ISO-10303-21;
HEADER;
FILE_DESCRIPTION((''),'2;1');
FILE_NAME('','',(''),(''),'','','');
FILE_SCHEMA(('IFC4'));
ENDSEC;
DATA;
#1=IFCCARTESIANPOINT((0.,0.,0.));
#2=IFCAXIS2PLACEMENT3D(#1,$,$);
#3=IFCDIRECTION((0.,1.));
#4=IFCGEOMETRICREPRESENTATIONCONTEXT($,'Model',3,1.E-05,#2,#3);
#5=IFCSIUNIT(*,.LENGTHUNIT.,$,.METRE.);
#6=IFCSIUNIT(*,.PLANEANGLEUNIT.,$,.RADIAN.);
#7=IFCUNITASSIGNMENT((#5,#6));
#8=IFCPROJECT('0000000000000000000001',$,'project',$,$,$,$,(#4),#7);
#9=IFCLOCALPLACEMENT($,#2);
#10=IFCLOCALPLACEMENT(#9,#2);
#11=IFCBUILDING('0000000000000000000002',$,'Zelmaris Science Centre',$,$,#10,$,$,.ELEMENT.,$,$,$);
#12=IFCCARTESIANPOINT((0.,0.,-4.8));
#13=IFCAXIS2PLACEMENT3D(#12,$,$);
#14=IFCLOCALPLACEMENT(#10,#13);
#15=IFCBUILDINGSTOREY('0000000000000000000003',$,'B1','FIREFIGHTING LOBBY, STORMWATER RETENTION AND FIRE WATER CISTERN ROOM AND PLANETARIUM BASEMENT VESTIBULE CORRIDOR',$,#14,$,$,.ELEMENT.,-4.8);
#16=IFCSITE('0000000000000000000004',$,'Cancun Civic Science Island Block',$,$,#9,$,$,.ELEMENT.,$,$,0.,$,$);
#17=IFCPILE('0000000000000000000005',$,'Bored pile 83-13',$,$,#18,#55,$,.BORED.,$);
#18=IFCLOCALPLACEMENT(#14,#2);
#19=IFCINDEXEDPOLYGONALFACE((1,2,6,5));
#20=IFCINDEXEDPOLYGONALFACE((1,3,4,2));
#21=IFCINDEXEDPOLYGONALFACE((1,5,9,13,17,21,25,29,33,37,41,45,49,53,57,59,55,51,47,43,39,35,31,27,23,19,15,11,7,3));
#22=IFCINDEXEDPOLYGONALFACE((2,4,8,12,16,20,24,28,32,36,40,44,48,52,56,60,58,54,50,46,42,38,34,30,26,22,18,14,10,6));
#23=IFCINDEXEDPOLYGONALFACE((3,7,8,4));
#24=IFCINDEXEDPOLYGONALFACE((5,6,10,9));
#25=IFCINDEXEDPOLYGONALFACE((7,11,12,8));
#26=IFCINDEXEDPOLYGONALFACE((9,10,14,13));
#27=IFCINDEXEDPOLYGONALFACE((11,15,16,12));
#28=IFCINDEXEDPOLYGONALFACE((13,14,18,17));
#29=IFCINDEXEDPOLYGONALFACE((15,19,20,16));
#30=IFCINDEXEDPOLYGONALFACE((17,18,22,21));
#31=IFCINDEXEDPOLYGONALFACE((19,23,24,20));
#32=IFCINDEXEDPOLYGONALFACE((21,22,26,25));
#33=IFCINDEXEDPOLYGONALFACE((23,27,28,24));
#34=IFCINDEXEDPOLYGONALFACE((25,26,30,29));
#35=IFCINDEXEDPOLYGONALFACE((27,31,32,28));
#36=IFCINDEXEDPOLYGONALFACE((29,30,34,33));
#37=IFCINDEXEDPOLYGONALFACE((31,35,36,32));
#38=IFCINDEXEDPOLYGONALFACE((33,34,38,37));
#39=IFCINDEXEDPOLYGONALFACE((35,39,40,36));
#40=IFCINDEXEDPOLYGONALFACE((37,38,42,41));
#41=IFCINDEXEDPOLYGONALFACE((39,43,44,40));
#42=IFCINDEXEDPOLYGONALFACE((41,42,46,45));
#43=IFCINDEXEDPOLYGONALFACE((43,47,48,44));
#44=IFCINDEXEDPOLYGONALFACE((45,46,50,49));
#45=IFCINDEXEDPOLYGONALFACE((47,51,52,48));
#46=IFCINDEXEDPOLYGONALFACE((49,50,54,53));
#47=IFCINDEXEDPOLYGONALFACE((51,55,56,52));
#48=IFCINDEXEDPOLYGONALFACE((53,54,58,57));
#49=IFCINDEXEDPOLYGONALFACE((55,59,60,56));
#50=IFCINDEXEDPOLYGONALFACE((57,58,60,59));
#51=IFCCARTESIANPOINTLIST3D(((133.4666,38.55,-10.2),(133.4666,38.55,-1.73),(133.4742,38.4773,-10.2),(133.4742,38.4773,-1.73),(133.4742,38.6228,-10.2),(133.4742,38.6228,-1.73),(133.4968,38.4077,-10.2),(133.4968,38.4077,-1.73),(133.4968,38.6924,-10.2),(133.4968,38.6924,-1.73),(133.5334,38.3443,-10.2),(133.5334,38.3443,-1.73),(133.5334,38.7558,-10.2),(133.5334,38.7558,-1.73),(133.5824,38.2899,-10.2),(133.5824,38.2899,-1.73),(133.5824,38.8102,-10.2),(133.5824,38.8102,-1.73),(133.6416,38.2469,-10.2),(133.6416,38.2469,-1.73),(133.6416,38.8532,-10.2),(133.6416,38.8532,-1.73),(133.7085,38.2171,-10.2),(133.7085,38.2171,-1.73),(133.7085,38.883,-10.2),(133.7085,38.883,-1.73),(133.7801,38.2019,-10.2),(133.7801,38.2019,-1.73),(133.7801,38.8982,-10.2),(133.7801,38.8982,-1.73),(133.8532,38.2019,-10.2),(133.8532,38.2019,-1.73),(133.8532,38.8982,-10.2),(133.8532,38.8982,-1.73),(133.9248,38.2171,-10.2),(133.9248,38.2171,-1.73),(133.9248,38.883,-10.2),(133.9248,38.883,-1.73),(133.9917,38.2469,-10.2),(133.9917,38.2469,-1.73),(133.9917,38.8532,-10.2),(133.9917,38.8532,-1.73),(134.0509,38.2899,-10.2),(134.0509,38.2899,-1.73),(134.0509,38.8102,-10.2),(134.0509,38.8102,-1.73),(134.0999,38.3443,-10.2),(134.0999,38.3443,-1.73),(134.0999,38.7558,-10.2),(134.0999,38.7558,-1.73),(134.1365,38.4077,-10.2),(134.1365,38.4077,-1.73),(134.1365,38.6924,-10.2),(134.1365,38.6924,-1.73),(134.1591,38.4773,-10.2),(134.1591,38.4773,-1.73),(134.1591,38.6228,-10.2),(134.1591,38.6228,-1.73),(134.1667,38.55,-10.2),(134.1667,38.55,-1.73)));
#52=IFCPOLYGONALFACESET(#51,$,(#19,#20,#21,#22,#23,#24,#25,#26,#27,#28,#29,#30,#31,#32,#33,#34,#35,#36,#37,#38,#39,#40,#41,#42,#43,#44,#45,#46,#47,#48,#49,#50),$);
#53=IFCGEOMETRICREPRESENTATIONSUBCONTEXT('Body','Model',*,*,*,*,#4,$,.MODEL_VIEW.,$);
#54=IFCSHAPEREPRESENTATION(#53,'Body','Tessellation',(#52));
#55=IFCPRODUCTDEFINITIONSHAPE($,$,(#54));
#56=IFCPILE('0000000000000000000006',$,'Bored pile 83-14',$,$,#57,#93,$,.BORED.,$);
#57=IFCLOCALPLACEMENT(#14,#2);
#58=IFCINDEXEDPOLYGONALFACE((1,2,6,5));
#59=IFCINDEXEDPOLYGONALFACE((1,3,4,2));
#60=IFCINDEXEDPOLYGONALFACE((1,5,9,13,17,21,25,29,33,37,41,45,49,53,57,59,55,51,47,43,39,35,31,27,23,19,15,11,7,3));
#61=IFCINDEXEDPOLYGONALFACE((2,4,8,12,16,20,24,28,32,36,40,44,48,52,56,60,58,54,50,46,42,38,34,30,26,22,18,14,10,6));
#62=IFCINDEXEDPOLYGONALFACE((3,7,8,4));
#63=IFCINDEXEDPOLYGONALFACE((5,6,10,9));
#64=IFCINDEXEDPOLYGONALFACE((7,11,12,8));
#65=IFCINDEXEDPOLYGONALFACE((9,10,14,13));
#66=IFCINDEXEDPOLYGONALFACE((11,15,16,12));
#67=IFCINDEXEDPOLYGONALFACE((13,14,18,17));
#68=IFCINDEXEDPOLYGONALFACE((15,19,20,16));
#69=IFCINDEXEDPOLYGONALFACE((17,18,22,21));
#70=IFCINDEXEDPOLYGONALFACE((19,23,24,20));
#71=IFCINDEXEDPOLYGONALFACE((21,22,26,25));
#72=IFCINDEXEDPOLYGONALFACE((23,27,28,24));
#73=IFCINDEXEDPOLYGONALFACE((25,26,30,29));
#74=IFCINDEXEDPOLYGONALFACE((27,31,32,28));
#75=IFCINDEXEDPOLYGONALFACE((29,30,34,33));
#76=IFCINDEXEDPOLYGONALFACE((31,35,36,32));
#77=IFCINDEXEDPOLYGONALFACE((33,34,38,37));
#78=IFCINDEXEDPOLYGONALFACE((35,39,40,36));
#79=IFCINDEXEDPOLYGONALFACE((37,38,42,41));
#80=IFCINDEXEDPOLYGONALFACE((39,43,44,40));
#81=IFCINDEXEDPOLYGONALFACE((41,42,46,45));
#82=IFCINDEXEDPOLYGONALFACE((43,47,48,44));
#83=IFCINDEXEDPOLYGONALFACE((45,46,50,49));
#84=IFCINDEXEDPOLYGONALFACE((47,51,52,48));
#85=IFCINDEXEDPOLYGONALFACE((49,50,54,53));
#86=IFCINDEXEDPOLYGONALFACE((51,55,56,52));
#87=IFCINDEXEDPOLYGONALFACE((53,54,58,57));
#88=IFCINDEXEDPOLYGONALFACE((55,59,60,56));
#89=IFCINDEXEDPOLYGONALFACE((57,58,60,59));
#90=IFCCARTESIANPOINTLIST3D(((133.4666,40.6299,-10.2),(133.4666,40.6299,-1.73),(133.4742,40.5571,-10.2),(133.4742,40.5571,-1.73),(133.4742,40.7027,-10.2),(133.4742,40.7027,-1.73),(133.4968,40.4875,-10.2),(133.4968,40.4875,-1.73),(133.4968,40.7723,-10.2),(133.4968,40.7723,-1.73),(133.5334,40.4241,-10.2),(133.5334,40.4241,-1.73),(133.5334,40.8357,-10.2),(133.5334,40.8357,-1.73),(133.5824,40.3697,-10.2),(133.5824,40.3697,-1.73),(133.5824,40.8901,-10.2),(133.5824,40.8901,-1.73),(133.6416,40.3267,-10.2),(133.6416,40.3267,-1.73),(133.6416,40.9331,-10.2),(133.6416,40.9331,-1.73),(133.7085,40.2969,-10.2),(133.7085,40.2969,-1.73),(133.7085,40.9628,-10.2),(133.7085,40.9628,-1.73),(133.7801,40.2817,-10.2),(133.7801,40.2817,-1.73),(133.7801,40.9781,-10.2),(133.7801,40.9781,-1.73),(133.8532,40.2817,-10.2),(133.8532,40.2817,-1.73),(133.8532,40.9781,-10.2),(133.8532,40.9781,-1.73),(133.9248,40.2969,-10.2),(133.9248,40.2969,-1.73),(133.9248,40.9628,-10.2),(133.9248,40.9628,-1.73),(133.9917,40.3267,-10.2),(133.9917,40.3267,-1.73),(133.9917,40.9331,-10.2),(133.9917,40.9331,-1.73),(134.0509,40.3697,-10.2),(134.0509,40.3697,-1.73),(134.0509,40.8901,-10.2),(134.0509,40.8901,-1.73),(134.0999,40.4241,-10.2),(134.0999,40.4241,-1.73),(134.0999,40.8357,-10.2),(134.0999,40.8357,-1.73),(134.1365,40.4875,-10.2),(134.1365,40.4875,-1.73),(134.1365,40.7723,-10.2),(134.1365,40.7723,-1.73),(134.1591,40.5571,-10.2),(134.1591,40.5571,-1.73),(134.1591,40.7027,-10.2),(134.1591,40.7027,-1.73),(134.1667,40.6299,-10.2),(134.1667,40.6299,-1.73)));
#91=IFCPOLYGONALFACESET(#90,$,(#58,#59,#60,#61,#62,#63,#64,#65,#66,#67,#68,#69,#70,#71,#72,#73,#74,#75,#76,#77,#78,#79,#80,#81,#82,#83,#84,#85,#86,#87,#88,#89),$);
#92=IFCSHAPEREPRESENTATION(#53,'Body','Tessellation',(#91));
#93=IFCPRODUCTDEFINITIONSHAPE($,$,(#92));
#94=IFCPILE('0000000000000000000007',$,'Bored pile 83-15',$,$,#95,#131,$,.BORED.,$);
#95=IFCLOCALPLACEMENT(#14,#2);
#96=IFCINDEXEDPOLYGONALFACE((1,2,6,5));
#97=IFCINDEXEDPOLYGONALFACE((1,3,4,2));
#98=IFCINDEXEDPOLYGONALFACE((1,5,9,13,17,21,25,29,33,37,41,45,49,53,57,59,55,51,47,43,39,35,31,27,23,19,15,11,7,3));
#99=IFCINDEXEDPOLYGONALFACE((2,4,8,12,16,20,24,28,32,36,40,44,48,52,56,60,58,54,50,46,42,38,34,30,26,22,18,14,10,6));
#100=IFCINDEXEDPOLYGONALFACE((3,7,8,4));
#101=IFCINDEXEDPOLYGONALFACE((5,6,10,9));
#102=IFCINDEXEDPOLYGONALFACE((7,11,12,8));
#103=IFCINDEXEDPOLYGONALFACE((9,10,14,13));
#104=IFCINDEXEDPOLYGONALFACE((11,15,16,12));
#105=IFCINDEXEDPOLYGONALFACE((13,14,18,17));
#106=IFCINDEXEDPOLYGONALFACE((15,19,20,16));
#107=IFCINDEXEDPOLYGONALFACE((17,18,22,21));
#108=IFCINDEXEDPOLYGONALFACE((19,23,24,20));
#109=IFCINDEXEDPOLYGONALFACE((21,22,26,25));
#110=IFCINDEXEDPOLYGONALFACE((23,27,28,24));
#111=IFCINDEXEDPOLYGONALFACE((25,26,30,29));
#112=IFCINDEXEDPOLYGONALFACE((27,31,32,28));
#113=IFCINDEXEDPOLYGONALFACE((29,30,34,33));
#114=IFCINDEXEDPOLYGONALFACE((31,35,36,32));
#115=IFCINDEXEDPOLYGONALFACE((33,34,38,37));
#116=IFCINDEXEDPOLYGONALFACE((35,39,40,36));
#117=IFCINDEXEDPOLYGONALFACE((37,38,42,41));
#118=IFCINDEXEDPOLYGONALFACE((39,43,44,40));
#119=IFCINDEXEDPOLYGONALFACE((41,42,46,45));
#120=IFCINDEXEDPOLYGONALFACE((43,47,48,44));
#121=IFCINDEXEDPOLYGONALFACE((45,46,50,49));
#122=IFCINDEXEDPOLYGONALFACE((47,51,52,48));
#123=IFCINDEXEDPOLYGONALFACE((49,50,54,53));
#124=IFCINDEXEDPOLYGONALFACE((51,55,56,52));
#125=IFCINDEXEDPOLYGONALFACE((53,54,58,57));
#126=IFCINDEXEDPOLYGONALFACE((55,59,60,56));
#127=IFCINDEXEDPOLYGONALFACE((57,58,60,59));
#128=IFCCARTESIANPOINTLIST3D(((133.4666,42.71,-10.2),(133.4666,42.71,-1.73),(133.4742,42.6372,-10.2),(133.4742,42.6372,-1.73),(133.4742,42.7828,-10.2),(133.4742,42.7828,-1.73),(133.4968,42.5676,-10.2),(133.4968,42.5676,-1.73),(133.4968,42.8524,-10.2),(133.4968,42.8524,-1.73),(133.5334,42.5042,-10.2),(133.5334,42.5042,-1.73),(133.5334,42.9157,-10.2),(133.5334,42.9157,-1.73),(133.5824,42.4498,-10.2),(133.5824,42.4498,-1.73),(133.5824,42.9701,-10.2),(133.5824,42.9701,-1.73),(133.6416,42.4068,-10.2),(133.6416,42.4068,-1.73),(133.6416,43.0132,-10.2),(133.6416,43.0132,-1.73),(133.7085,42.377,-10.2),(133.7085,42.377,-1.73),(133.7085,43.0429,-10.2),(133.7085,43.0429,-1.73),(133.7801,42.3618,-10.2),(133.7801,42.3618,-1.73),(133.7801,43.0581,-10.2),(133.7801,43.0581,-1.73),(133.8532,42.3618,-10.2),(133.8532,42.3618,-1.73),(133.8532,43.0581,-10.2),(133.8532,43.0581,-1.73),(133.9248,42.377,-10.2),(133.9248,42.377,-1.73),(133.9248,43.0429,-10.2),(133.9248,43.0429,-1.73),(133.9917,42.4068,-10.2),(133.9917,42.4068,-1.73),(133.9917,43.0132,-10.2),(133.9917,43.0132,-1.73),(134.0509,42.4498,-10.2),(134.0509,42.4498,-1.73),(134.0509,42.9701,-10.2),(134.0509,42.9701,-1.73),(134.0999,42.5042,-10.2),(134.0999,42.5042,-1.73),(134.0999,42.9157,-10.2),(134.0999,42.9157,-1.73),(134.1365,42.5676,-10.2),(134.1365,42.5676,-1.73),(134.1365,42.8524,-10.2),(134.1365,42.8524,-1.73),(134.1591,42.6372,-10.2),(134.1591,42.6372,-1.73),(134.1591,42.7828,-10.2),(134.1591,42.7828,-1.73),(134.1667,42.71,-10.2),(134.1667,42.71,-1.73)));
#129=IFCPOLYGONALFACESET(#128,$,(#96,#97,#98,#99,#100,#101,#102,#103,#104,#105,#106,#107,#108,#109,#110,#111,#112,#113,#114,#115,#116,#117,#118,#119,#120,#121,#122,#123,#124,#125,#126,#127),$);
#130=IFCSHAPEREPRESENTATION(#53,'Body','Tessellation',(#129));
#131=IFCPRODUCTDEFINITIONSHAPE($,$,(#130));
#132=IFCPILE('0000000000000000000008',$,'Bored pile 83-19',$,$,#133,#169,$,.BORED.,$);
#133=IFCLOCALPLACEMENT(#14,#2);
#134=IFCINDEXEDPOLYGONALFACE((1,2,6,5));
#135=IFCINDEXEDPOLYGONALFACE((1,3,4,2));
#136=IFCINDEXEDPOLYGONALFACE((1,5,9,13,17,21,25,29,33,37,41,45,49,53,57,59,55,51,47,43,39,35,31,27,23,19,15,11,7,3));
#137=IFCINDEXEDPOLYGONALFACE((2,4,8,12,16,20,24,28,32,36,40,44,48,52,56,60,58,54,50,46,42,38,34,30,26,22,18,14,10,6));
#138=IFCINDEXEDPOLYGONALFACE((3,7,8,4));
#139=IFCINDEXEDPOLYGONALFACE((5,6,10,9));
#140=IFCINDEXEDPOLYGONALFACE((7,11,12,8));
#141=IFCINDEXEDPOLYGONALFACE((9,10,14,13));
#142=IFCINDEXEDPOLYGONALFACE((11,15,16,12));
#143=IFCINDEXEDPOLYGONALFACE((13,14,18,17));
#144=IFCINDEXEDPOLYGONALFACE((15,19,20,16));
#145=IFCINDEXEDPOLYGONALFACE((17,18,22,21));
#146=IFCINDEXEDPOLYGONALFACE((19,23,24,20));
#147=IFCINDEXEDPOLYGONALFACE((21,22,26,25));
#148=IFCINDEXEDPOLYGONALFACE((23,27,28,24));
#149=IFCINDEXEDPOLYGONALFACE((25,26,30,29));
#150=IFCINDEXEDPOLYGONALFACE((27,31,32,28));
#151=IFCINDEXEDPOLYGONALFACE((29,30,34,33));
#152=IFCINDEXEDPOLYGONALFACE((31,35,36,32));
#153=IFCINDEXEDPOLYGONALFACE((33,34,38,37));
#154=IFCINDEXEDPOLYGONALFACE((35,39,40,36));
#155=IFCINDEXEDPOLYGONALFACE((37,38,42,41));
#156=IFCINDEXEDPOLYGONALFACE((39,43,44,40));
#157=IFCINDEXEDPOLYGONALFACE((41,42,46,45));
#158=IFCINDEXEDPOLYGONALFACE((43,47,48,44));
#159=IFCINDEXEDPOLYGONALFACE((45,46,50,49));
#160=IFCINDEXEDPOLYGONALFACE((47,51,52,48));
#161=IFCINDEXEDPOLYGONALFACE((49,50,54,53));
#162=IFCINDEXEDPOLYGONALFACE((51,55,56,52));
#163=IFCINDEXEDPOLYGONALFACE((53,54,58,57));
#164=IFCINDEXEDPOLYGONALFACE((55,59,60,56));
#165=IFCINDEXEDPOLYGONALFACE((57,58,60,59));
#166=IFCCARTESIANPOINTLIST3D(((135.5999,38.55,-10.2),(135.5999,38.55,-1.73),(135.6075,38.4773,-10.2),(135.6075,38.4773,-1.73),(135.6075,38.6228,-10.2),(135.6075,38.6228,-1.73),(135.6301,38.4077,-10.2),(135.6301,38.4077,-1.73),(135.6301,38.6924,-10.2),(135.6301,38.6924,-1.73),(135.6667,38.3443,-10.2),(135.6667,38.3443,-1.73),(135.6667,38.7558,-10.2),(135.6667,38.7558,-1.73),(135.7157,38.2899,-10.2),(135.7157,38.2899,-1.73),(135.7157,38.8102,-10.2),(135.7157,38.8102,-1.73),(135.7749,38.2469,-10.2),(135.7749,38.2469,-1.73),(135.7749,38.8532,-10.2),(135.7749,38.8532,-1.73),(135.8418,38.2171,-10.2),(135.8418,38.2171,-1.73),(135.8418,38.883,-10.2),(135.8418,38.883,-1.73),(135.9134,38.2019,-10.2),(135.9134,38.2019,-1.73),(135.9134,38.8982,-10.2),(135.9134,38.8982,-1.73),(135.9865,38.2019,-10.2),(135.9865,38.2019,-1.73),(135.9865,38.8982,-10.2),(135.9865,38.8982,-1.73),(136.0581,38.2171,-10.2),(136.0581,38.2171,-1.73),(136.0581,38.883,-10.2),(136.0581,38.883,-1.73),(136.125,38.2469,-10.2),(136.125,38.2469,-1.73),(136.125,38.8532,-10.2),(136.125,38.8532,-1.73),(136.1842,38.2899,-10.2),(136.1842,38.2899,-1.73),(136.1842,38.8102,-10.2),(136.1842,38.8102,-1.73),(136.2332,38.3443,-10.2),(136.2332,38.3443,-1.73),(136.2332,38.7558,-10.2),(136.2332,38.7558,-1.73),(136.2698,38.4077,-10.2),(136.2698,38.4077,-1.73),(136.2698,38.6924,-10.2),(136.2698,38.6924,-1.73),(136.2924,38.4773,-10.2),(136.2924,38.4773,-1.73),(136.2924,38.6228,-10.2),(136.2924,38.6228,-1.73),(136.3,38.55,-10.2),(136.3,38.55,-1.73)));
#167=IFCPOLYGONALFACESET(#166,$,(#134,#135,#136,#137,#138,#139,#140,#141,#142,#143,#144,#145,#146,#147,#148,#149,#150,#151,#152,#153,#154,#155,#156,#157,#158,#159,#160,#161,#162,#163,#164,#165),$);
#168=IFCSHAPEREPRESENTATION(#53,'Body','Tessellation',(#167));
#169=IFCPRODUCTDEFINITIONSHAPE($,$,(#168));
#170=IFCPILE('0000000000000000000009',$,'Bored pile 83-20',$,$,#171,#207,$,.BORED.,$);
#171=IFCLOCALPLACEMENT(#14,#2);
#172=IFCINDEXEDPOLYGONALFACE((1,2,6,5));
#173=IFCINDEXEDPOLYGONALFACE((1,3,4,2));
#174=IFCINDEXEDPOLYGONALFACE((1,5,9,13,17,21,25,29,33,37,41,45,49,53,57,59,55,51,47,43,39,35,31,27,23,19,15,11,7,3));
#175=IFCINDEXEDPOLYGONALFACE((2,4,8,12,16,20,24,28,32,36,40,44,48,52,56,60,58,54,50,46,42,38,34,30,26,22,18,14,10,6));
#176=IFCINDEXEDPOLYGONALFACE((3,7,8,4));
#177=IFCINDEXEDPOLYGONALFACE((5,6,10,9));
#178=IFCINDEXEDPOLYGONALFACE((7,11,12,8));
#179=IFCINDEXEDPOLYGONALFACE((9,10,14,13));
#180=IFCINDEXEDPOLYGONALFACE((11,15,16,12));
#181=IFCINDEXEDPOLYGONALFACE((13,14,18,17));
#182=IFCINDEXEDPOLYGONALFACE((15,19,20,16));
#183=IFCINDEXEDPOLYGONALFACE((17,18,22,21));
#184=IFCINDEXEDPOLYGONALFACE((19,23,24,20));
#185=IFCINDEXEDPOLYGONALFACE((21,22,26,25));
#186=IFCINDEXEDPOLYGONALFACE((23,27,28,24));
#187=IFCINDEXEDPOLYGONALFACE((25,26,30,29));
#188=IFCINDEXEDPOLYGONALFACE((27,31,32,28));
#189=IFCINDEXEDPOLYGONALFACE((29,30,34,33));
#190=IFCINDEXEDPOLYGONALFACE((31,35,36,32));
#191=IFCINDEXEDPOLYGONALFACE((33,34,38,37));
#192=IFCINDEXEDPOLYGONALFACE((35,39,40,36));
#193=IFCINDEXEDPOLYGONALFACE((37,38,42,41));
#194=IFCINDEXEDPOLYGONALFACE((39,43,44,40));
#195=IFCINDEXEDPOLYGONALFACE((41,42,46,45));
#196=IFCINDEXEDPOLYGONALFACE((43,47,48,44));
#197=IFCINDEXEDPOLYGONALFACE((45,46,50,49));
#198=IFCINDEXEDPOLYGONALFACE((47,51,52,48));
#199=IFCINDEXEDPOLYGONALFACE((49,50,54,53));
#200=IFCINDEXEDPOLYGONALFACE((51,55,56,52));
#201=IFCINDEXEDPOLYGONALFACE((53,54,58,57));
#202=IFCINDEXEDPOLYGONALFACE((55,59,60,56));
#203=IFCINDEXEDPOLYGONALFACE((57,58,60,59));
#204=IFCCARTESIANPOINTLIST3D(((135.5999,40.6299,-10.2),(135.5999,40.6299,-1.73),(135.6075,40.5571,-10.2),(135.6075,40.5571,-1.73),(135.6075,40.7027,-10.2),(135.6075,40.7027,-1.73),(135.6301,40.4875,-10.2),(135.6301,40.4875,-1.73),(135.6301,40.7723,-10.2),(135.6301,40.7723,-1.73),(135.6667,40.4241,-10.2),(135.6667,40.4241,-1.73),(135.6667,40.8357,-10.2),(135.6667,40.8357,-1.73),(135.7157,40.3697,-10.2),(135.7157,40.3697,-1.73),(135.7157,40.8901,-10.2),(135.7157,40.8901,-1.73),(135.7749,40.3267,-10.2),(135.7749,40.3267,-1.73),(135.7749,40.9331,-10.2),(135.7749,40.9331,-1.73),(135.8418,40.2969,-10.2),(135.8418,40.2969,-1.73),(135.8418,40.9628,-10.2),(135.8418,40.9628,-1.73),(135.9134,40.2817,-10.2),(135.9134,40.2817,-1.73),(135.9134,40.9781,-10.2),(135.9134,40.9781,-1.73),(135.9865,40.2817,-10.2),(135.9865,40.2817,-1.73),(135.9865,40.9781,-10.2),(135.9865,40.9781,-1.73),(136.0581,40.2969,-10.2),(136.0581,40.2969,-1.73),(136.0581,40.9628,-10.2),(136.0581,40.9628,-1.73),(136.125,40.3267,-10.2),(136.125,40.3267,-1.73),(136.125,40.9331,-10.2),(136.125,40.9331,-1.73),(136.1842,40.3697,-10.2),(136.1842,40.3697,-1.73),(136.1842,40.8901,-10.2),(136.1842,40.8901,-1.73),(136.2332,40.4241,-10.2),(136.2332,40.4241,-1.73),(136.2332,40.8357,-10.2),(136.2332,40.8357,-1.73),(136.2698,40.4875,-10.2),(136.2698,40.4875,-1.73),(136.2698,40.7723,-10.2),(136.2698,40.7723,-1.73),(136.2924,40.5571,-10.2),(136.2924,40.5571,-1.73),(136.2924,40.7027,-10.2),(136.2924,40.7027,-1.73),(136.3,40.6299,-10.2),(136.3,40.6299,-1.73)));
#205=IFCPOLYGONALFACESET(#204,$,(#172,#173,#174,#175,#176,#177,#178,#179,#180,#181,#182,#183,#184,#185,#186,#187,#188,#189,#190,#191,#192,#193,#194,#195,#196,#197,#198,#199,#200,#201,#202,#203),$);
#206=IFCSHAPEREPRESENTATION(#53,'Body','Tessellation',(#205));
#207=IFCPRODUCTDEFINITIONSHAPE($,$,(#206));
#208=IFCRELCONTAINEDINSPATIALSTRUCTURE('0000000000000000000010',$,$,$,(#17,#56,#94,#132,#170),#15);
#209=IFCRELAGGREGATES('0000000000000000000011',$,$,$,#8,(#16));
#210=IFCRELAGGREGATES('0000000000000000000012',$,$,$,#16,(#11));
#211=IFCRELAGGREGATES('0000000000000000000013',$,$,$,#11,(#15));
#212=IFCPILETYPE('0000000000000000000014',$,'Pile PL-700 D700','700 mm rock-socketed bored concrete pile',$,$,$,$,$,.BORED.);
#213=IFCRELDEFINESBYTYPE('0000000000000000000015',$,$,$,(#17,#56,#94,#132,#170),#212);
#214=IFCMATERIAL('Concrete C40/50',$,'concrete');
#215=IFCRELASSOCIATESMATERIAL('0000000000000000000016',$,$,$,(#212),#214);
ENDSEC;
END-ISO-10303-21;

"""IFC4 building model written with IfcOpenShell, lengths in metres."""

from ifc_helpers import new_model, si_unit, direction, frame, origin, origin_2d, place, context, subcontext, project, spatial, circle, extrude, material, material_profile, profile_set, type_object, element, save


model = new_model("IFC4")

# Units and contexts
model_context = context("Model", 3, precision=1e-05, world=origin(), true_north=direction((0.0, 1.0)))
body_context = subcontext(model_context, "Body", "Model", "MODEL_VIEW")
ifc_project = project(units=[si_unit("LENGTHUNIT", "METRE"), si_unit("PLANEANGLEUNIT", "RADIAN")], contexts=[model_context])

# Site, building, storey
site_placement = place(None, origin())
site = spatial("IfcSite", under=ifc_project, at=site_placement, Name="Cancun Civic Science Island Block", CompositionType="ELEMENT", RefElevation=0.0)
building_placement = place(site_placement, origin())
building = spatial("IfcBuilding", under=site, at=building_placement, Name="Zelmaris Science Centre", CompositionType="ELEMENT")
storey_placement = place(building_placement, frame((0.0, 0.0, -4.8)))
storey = spatial("IfcBuildingStorey", under=building, at=storey_placement, Name="B1", Description="FIREFIGHTING LOBBY, STORMWATER RETENTION AND FIRE WATER CISTERN ROOM AND PLANETARIUM BASEMENT VESTIBULE CORRIDOR", CompositionType="ELEMENT", Elevation=-4.8)

# Shared definitions
ifc_material_1 = material(Name="Concrete C40/50", Category="concrete")

# Piles
ifc_material_profile_1 = material_profile(ifc_material_1, circle(Radius=0.3501, at=origin_2d()), Name="PILE-700")
ifc_profile_set_1 = profile_set([ifc_material_profile_1], Name="Concrete C40/50")
pile_type_1 = type_object("IfcPileType", Name="Pile PL-700 D700", Description="700 mm rock-socketed bored concrete pile", PredefinedType="BORED", material=ifc_profile_set_1)
for number, where, z_axis, x_axis, name in (
    (1, (133.8167, 38.55, -1.73), (0.0, 0.0, -1.0), (1.0, 0.0, 0.0), "Bored pile 83-13"),
    (2, (133.8167, 40.6299, -1.73), (0.0, 0.0, -1.0), (1.0, 0.0, 0.0), "Bored pile 83-14"),
    (3, (133.8167, 42.71, -1.73), (0.0, 0.0, -1.0), (1.0, 0.0, 0.0), "Bored pile 83-15"),
    (4, (135.95, 38.55, -1.73), (0.0, 0.0, -1.0), (1.0, 0.0, 0.0), "Bored pile 83-19"),
    (5, (135.95, 40.6299, -1.73), (0.0, 0.0, -1.0), (1.0, 0.0, 0.0), "Bored pile 83-20"),
):
    element("IfcPile", number, at=place(storey_placement, frame(where, z_axis=z_axis, x_axis=x_axis)), inside=storey, type_object=pile_type_1, Name=name, PredefinedType="BORED", context=body_context, shape_type="SweptSolid", body=[
        extrude(circle(Radius=0.3501, at=origin_2d()), origin(), (0.0, 0.0, 1.0), 8.47),
    ])

save(model, "model.ifc")
